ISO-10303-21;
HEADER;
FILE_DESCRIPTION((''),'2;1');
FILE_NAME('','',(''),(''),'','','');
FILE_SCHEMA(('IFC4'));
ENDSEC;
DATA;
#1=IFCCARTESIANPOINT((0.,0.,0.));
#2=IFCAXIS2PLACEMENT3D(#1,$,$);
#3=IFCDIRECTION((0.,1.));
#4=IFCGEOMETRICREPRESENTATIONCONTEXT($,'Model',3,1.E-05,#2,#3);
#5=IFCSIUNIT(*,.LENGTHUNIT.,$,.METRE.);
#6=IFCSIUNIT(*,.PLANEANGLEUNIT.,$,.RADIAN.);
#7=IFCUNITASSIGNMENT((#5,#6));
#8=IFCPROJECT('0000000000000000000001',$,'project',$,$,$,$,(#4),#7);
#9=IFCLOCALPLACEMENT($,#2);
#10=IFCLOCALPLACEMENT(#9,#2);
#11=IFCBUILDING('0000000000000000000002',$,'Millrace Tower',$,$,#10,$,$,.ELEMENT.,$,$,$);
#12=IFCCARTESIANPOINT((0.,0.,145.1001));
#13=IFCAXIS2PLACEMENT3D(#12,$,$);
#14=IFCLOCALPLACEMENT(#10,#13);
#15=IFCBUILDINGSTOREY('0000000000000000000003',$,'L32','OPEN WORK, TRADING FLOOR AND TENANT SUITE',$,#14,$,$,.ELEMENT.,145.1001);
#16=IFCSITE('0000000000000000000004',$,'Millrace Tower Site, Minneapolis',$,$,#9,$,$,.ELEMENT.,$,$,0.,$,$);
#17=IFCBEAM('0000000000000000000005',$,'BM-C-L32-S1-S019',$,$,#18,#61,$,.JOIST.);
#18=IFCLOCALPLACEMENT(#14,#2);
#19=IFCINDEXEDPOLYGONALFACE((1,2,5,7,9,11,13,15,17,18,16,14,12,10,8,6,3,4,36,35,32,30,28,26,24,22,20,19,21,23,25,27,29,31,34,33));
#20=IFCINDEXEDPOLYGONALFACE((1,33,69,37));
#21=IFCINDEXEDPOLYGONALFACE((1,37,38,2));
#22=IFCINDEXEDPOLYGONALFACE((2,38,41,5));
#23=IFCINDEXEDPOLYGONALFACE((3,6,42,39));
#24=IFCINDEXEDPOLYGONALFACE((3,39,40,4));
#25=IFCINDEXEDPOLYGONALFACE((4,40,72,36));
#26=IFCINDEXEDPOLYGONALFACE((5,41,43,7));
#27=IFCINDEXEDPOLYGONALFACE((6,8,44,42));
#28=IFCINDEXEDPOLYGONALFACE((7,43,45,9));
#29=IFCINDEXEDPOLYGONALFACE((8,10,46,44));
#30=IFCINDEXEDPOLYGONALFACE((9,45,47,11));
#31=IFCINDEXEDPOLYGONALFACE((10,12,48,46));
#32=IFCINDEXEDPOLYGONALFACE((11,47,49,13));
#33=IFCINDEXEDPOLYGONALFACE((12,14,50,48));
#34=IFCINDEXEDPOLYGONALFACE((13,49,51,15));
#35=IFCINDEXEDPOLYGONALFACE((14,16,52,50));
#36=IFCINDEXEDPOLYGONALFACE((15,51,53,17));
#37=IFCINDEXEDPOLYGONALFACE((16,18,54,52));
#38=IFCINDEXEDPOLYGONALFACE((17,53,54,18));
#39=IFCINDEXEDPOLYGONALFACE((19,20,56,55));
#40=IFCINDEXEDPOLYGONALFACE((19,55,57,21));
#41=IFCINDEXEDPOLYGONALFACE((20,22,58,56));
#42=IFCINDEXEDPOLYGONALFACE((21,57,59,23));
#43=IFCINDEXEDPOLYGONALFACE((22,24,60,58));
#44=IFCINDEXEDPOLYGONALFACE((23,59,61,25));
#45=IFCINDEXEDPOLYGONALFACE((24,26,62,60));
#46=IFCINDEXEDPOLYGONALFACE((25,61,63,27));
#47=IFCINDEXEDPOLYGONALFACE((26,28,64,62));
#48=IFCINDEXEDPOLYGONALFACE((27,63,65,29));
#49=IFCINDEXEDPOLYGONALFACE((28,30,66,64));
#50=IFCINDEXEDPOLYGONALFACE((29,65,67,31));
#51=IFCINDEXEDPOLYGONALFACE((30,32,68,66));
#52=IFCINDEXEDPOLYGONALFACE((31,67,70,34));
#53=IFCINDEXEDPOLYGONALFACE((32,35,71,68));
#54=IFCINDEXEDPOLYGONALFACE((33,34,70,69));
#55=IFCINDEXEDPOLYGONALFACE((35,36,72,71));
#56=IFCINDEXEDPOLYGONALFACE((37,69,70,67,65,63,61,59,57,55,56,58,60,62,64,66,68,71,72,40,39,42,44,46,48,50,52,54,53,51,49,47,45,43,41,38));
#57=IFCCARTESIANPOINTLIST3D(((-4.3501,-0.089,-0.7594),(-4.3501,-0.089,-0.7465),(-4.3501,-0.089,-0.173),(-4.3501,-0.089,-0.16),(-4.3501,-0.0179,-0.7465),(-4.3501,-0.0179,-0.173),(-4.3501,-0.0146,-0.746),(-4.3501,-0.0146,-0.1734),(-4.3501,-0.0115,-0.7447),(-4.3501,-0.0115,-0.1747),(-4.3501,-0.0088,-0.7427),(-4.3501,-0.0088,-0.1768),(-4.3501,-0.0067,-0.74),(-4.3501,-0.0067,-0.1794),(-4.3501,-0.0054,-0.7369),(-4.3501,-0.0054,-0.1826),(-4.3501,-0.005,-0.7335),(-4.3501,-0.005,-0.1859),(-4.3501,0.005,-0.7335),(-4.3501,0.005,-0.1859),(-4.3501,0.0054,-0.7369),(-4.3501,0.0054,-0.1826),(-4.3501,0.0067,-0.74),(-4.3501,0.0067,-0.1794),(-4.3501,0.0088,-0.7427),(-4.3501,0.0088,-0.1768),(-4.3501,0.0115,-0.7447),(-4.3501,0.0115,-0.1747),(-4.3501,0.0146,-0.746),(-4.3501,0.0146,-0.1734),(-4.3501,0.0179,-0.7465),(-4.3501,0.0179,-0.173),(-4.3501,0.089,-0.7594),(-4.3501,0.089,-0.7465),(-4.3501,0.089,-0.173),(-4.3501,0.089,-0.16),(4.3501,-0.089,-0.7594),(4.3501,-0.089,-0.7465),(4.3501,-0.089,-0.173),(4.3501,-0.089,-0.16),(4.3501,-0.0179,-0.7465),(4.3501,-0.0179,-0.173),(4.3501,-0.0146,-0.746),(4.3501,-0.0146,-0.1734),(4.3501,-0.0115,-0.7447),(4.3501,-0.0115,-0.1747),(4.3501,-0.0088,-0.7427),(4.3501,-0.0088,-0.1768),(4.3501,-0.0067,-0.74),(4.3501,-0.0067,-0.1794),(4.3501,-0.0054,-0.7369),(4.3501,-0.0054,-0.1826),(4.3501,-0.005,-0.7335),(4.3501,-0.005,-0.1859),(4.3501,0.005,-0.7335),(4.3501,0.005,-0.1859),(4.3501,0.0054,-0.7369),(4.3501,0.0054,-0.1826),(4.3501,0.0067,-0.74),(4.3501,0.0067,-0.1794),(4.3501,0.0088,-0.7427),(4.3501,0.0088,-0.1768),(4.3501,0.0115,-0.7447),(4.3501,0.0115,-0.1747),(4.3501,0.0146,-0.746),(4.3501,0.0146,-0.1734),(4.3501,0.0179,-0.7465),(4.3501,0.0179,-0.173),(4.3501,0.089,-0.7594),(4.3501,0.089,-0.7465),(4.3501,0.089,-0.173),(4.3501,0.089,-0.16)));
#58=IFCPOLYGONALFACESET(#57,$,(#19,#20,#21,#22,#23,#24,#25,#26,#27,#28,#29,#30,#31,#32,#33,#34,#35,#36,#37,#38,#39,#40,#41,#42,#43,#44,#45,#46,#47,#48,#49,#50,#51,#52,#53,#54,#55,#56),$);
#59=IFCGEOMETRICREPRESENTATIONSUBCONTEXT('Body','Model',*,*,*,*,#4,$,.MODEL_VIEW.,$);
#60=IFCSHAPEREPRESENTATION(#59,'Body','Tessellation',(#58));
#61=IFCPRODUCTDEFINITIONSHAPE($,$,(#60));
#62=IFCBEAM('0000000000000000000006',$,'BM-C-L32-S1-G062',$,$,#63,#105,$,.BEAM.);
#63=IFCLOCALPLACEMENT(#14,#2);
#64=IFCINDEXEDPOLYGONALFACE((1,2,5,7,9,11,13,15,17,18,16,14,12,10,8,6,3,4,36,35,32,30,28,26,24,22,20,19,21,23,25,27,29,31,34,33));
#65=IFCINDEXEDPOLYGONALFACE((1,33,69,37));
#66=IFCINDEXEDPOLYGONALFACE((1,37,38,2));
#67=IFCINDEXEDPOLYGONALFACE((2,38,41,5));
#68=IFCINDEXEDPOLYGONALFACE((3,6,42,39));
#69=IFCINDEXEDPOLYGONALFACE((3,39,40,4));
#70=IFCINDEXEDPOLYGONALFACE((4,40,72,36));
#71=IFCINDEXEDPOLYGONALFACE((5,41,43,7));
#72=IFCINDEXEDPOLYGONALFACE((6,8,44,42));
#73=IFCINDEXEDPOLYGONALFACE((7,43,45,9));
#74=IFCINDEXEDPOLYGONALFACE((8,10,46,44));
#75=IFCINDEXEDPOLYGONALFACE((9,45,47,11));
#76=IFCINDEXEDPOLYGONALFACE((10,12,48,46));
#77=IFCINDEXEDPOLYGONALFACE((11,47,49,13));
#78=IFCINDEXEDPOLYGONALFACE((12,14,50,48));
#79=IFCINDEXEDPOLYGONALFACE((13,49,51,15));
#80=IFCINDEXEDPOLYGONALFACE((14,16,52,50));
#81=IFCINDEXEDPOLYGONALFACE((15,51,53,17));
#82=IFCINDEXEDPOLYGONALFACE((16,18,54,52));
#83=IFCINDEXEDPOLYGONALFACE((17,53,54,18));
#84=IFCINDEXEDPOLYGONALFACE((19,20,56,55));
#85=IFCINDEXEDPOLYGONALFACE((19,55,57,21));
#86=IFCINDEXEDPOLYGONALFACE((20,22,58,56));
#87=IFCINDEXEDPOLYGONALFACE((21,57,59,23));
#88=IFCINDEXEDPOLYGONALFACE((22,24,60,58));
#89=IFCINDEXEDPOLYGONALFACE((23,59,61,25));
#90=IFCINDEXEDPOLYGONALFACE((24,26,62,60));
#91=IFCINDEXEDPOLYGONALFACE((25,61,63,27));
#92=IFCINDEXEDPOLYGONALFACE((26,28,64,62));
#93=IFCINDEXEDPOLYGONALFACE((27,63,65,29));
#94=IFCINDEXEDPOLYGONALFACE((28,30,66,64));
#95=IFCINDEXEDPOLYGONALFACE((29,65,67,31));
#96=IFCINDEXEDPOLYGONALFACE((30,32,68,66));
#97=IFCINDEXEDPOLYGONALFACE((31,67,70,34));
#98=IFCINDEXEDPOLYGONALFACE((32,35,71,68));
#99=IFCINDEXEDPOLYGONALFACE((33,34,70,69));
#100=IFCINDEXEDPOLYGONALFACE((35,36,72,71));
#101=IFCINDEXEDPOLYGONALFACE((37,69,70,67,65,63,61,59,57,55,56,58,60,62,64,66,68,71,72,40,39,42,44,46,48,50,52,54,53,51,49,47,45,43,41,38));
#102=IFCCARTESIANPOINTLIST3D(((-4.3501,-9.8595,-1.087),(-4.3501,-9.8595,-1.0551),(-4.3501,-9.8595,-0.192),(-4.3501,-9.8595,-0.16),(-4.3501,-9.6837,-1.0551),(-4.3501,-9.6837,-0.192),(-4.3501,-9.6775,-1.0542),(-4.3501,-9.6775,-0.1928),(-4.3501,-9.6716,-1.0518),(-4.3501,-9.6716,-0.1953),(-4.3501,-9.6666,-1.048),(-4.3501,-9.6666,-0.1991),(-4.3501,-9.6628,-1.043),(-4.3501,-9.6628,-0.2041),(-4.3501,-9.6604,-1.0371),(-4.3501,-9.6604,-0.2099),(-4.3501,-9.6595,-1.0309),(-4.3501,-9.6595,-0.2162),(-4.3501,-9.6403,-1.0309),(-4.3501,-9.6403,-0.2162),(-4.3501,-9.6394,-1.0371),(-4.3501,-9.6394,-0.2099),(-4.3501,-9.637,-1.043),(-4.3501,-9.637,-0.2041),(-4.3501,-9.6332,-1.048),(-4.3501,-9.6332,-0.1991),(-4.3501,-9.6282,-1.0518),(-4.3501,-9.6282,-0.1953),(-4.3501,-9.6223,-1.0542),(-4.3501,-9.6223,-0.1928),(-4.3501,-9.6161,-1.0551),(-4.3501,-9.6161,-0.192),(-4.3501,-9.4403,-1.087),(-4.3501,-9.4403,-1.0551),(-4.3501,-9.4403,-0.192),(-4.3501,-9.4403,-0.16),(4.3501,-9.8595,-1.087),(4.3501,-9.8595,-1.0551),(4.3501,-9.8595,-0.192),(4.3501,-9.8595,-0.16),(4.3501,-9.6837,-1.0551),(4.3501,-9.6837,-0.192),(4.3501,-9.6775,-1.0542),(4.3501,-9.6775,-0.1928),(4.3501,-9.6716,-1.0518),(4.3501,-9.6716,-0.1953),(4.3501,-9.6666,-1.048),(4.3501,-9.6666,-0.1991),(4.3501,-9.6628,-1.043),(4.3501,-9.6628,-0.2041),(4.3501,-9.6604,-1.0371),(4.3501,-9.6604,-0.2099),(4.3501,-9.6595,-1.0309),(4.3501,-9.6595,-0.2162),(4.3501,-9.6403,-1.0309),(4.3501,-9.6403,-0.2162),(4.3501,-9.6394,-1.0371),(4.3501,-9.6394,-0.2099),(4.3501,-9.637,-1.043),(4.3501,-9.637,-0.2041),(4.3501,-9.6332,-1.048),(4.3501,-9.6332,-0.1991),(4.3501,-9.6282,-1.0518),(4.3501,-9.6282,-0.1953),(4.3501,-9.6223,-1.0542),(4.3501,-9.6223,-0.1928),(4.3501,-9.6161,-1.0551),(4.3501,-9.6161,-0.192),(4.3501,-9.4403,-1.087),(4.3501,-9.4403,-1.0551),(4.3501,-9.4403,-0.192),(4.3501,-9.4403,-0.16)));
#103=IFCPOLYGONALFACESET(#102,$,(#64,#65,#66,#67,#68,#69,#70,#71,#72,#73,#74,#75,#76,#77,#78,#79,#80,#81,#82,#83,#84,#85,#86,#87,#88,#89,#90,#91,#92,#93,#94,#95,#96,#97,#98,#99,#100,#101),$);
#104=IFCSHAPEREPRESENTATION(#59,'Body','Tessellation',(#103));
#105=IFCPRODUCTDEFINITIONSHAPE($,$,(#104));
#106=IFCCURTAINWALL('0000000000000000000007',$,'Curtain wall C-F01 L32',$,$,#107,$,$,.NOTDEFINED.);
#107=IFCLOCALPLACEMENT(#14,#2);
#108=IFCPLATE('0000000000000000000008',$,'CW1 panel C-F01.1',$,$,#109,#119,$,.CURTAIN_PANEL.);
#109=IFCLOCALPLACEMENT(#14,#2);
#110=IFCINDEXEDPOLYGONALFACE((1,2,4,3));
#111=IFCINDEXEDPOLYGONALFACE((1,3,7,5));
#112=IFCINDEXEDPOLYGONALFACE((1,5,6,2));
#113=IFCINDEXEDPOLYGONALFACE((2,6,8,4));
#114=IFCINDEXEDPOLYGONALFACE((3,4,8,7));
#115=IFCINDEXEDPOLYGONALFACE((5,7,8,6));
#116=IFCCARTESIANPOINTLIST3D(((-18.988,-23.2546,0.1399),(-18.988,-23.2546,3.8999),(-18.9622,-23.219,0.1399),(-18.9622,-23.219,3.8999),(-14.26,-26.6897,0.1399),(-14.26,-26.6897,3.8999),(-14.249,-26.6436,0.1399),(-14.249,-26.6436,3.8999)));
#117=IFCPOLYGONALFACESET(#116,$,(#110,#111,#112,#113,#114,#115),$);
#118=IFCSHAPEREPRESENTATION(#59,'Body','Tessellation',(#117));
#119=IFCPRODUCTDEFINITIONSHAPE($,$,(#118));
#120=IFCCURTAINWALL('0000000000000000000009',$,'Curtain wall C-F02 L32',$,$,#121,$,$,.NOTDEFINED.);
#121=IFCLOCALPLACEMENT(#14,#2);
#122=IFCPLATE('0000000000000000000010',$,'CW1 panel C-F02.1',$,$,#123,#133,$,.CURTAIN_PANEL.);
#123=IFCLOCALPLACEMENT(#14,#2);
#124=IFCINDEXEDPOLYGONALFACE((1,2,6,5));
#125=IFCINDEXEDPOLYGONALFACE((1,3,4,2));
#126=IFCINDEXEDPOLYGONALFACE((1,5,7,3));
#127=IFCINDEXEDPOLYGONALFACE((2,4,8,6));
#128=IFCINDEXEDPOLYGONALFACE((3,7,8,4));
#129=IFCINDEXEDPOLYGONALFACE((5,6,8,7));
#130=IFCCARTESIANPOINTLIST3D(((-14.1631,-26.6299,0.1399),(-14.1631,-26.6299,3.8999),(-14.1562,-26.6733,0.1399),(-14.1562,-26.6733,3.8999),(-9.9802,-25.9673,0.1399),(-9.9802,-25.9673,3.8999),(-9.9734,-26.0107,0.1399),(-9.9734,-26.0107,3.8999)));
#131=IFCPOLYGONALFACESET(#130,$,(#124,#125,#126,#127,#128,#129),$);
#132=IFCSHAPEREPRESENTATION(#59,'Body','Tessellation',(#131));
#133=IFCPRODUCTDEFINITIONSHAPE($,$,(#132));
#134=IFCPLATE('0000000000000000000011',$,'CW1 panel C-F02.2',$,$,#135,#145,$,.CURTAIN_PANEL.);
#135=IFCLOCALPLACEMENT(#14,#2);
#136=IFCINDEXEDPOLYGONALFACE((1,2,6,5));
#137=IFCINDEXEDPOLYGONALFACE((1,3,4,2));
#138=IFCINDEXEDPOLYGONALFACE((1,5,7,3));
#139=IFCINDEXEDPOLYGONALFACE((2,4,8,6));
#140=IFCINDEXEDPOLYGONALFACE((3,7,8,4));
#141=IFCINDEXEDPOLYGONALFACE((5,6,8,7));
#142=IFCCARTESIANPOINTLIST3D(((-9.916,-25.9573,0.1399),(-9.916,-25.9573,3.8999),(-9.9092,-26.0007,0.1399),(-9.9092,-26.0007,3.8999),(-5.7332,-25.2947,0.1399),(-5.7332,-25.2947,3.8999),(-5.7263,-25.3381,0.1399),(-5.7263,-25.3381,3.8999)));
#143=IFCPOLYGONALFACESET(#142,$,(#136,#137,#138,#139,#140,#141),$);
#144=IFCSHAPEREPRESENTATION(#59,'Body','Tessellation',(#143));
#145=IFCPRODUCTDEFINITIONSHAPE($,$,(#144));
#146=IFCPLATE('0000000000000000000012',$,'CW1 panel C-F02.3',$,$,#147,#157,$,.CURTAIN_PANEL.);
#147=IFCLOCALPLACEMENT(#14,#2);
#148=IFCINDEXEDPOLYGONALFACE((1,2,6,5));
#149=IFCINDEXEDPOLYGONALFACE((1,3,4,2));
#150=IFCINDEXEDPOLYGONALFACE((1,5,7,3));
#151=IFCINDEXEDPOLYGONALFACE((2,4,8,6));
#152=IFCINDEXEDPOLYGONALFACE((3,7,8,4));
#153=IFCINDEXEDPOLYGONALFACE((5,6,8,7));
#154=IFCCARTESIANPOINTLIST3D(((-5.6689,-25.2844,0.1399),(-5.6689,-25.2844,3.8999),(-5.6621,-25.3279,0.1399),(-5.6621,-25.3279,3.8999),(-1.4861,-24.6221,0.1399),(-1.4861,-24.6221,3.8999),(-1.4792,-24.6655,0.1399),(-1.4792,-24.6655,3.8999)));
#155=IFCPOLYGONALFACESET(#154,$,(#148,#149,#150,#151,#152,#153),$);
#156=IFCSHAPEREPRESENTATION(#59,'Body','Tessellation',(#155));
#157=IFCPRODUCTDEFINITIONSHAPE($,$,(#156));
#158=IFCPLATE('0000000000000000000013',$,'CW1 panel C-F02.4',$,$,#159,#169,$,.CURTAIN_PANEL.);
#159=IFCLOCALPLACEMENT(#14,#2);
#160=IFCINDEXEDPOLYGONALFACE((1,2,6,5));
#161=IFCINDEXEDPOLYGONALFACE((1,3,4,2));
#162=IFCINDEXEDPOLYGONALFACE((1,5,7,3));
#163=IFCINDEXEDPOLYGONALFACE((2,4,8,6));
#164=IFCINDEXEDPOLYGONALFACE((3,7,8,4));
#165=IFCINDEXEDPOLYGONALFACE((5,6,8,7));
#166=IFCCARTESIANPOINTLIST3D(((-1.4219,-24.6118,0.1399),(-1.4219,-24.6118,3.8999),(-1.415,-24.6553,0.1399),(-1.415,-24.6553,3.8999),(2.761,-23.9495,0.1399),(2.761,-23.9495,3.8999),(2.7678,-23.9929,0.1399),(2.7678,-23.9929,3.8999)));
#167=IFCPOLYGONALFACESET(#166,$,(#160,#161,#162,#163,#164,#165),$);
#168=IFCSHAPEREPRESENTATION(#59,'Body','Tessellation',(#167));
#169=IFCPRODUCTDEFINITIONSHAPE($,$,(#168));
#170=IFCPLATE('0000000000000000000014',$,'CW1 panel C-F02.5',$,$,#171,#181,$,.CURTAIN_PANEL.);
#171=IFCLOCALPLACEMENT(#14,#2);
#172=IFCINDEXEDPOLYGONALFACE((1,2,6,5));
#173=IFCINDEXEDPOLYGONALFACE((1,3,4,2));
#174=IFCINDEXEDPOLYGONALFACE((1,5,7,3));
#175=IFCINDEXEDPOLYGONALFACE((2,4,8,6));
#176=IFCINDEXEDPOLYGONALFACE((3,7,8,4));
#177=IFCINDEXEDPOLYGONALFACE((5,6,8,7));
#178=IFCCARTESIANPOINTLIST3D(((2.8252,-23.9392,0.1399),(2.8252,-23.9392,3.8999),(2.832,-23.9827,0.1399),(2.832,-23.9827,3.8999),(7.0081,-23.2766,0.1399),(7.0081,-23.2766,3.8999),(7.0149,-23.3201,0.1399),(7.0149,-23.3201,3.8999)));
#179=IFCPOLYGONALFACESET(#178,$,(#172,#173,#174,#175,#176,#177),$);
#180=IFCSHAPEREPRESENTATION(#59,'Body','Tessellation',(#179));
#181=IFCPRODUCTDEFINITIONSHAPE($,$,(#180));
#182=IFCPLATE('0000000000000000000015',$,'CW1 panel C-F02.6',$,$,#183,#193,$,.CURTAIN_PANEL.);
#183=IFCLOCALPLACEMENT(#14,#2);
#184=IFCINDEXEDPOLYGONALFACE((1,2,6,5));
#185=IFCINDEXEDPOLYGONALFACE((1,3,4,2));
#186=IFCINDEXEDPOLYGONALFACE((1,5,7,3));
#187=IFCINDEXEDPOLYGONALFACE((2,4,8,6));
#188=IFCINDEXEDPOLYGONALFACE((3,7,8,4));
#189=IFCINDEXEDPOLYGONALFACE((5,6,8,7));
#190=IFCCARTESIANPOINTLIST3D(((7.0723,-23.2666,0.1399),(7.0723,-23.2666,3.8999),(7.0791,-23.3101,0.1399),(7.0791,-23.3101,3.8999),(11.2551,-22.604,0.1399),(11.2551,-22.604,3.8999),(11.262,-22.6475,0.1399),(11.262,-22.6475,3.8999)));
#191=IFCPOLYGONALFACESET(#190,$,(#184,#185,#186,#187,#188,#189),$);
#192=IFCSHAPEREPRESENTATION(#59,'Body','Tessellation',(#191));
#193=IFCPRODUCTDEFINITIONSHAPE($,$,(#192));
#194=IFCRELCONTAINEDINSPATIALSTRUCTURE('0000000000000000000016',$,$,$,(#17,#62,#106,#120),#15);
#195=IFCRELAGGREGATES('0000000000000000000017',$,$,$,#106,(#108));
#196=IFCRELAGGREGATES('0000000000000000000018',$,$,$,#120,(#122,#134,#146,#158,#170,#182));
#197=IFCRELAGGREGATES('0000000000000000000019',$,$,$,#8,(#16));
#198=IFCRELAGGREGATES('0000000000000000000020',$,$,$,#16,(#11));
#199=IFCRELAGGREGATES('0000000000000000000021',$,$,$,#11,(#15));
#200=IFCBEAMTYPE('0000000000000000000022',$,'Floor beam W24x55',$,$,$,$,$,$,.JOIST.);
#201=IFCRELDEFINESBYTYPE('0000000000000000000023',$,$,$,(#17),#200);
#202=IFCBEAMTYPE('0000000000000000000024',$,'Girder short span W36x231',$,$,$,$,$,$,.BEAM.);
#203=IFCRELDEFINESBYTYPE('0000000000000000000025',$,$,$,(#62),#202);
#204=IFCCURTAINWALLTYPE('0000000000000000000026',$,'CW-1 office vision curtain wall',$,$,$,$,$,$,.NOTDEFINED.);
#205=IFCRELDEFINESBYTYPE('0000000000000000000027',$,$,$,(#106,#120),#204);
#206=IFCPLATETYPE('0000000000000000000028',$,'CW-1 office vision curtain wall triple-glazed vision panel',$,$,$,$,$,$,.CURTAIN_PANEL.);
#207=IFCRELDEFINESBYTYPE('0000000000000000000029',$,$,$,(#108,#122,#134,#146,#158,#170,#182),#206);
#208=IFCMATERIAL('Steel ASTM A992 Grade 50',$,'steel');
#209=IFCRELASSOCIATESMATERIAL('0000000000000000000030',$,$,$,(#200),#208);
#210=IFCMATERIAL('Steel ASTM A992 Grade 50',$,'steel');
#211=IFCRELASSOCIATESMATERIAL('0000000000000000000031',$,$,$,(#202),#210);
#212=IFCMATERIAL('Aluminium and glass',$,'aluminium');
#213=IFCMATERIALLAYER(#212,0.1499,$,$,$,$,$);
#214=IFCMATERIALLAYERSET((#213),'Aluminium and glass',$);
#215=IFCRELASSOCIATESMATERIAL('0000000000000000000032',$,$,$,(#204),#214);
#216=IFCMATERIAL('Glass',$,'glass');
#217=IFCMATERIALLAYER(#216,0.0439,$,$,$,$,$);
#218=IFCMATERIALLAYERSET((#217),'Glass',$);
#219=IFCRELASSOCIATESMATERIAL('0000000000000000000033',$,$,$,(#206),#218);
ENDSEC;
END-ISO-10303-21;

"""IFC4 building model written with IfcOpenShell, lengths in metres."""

from ifc_helpers import new_model, si_unit, direction, frame, origin, origin_2d, place, context, subcontext, project, spatial, polyline, i_section, outline, extrude, material, layer, layer_set, material_profile, profile_set, type_object, element, aggregate, save


model = new_model("IFC4")

# Units and contexts
model_context = context("Model", 3, precision=1e-05, world=origin(), true_north=direction((0.0, 1.0)))
body_context = subcontext(model_context, "Body", "Model", "MODEL_VIEW")
ifc_project = project(units=[si_unit("LENGTHUNIT", "METRE"), si_unit("PLANEANGLEUNIT", "RADIAN")], contexts=[model_context])

# Site, building, storey
site_placement = place(None, origin())
site = spatial("IfcSite", under=ifc_project, at=site_placement, Name="Millrace Tower Site, Minneapolis", CompositionType="ELEMENT", RefElevation=0.0)
building_placement = place(site_placement, origin())
building = spatial("IfcBuilding", under=site, at=building_placement, Name="Millrace Tower", CompositionType="ELEMENT")
storey_placement = place(building_placement, frame((0.0, 0.0, 145.1001)))
storey = spatial("IfcBuildingStorey", under=building, at=storey_placement, Name="L32", Description="OPEN WORK, TRADING FLOOR AND TENANT SUITE", CompositionType="ELEMENT", Elevation=145.1001)

# Beams
ifc_material_1 = material(Name="Steel ASTM A992 Grade 50", Category="steel")
ifc_material_profile_1 = material_profile(ifc_material_1, i_section(OverallWidth=0.178, OverallDepth=0.5994, WebThickness=0.01, FlangeThickness=0.0129, FilletRadius=0.0129, at=origin_2d()))
ifc_profile_set_1 = profile_set([ifc_material_profile_1], Name="Steel ASTM A992 Grade 50")
beam_type_1 = type_object("IfcBeamType", Name="Floor beam W24x55", PredefinedType="JOIST", material=ifc_profile_set_1)
for number, where, z_axis, x_axis, name in (
    (1, (-4.3501, 0.0, -0.4597), (1.0, 0.0, 0.0), (0.0, 1.0, 0.0), "BM-C-L32-S1-S019"),
):
    element("IfcBeam", number, at=place(storey_placement, frame(where, z_axis=z_axis, x_axis=x_axis)), inside=storey, type_object=beam_type_1, Name=name, PredefinedType="JOIST", context=body_context, shape_type="SweptSolid", body=[
        extrude(i_section(OverallWidth=0.178, OverallDepth=0.5994, WebThickness=0.01, FlangeThickness=0.0129, FilletRadius=0.0129, at=origin_2d()), origin(), (0.0, 0.0, 1.0), 8.7002),
    ])
ifc_material_2 = material(Name="Steel ASTM A992 Grade 50", Category="steel")
ifc_material_profile_2 = material_profile(ifc_material_2, i_section(OverallWidth=0.4192, OverallDepth=0.927, WebThickness=0.0193, FlangeThickness=0.032, FilletRadius=0.0242, at=origin_2d()))
ifc_profile_set_2 = profile_set([ifc_material_profile_2], Name="Steel ASTM A992 Grade 50")
beam_type_2 = type_object("IfcBeamType", Name="Girder short span W36x231", PredefinedType="BEAM", material=ifc_profile_set_2)
beam_1_placement = place(storey_placement, frame((-4.3501, -9.6499, -0.6235), z_axis=(1.0, 0.0, 0.0), x_axis=(0.0, 1.0, 0.0)))
element("IfcBeam", 2, at=beam_1_placement, inside=storey, type_object=beam_type_2, Name="BM-C-L32-S1-G062", PredefinedType="BEAM", context=body_context, shape_type="SweptSolid", body=[
    extrude(i_section(OverallWidth=0.4192, OverallDepth=0.927, WebThickness=0.0193, FlangeThickness=0.032, FilletRadius=0.0242, at=origin_2d()), origin(), (0.0, 0.0, 1.0), 8.7002),
])

# Curtain wall, plate
ifc_material_3 = material(Name="Aluminium and glass", Category="aluminium")
ifc_layer_1 = layer(ifc_material_3, 0.1499)
ifc_layer_set_1 = layer_set([ifc_layer_1], Name="Aluminium and glass")
curtain_wall_type = type_object("IfcCurtainWallType", Name="CW-1 office vision curtain wall", PredefinedType="NOTDEFINED", material=ifc_layer_set_1)
placement_1 = place(storey_placement, origin())
curtain_wall_1 = element("IfcCurtainWall", 3, at=placement_1, inside=storey, type_object=curtain_wall_type, Name="Curtain wall C-F01 L32", PredefinedType="NOTDEFINED")
ifc_material_4 = material(Name="Glass", Category="glass")
ifc_layer_2 = layer(ifc_material_4, 0.0439)
ifc_layer_set_2 = layer_set([ifc_layer_2], Name="Glass")
plate_type = type_object("IfcPlateType", Name="CW-1 office vision curtain wall triple-glazed vision panel", PredefinedType="CURTAIN_PANEL", material=ifc_layer_set_2)
placement_2 = place(storey_placement, frame((0.0, 0.0, 0.1399)))
plate_1 = element("IfcPlate", 4, at=placement_2, type_object=plate_type, Name="CW1 panel C-F01.1", PredefinedType="CURTAIN_PANEL", context=body_context, shape_type="SweptSolid", body=[
    extrude(outline(polyline([(-18.988, -23.2546), (-14.26, -26.6897), (-14.249, -26.6436), (-18.9622, -23.219), (-18.988, -23.2546)])), origin(), (0.0, 0.0, 1.0), 3.76),
])
aggregate(curtain_wall_1, [plate_1])

# Curtain wall, plates
curtain_wall_2 = element("IfcCurtainWall", 5, at=placement_1, inside=storey, type_object=curtain_wall_type, Name="Curtain wall C-F02 L32", PredefinedType="NOTDEFINED")
plate_2 = element("IfcPlate", 6, at=placement_2, type_object=plate_type, Name="CW1 panel C-F02.1", PredefinedType="CURTAIN_PANEL", context=body_context, shape_type="SweptSolid", body=[
    extrude(outline(polyline([(-14.1562, -26.6733), (-9.9734, -26.0107), (-9.9802, -25.9673), (-14.1631, -26.6299), (-14.1562, -26.6733)])), origin(), (0.0, 0.0, 1.0), 3.76),
])
plate_3 = element("IfcPlate", 7, at=placement_2, type_object=plate_type, Name="CW1 panel C-F02.2", PredefinedType="CURTAIN_PANEL", context=body_context, shape_type="SweptSolid", body=[
    extrude(outline(polyline([(-9.9092, -26.0007), (-5.7263, -25.3381), (-5.7332, -25.2947), (-9.916, -25.9573), (-9.9092, -26.0007)])), origin(), (0.0, 0.0, 1.0), 3.76),
])
plate_4 = element("IfcPlate", 8, at=placement_2, type_object=plate_type, Name="CW1 panel C-F02.3", PredefinedType="CURTAIN_PANEL", context=body_context, shape_type="SweptSolid", body=[
    extrude(outline(polyline([(-5.6621, -25.3279), (-1.4792, -24.6655), (-1.4861, -24.6221), (-5.6689, -25.2844), (-5.6621, -25.3279)])), origin(), (0.0, 0.0, 1.0), 3.76),
])
plate_5 = element("IfcPlate", 9, at=placement_2, type_object=plate_type, Name="CW1 panel C-F02.4", PredefinedType="CURTAIN_PANEL", context=body_context, shape_type="SweptSolid", body=[
    extrude(outline(polyline([(-1.415, -24.6553), (2.7678, -23.9929), (2.761, -23.9495), (-1.4219, -24.6118), (-1.415, -24.6553)])), origin(), (0.0, 0.0, 1.0), 3.76),
])
plate_6 = element("IfcPlate", 10, at=placement_2, type_object=plate_type, Name="CW1 panel C-F02.5", PredefinedType="CURTAIN_PANEL", context=body_context, shape_type="SweptSolid", body=[
    extrude(outline(polyline([(2.832, -23.9827), (7.0149, -23.3201), (7.0081, -23.2766), (2.8252, -23.9392), (2.832, -23.9827)])), origin(), (0.0, 0.0, 1.0), 3.76),
])
plate_7 = element("IfcPlate", 11, at=placement_2, type_object=plate_type, Name="CW1 panel C-F02.6", PredefinedType="CURTAIN_PANEL", context=body_context, shape_type="SweptSolid", body=[
    extrude(outline(polyline([(7.0791, -23.3101), (11.262, -22.6475), (11.2551, -22.604), (7.0723, -23.2666), (7.0791, -23.3101)])), origin(), (0.0, 0.0, 1.0), 3.76),
])
aggregate(curtain_wall_2, [plate_2, plate_3, plate_4, plate_5, plate_6, plate_7])

save(model, "model.ifc")
